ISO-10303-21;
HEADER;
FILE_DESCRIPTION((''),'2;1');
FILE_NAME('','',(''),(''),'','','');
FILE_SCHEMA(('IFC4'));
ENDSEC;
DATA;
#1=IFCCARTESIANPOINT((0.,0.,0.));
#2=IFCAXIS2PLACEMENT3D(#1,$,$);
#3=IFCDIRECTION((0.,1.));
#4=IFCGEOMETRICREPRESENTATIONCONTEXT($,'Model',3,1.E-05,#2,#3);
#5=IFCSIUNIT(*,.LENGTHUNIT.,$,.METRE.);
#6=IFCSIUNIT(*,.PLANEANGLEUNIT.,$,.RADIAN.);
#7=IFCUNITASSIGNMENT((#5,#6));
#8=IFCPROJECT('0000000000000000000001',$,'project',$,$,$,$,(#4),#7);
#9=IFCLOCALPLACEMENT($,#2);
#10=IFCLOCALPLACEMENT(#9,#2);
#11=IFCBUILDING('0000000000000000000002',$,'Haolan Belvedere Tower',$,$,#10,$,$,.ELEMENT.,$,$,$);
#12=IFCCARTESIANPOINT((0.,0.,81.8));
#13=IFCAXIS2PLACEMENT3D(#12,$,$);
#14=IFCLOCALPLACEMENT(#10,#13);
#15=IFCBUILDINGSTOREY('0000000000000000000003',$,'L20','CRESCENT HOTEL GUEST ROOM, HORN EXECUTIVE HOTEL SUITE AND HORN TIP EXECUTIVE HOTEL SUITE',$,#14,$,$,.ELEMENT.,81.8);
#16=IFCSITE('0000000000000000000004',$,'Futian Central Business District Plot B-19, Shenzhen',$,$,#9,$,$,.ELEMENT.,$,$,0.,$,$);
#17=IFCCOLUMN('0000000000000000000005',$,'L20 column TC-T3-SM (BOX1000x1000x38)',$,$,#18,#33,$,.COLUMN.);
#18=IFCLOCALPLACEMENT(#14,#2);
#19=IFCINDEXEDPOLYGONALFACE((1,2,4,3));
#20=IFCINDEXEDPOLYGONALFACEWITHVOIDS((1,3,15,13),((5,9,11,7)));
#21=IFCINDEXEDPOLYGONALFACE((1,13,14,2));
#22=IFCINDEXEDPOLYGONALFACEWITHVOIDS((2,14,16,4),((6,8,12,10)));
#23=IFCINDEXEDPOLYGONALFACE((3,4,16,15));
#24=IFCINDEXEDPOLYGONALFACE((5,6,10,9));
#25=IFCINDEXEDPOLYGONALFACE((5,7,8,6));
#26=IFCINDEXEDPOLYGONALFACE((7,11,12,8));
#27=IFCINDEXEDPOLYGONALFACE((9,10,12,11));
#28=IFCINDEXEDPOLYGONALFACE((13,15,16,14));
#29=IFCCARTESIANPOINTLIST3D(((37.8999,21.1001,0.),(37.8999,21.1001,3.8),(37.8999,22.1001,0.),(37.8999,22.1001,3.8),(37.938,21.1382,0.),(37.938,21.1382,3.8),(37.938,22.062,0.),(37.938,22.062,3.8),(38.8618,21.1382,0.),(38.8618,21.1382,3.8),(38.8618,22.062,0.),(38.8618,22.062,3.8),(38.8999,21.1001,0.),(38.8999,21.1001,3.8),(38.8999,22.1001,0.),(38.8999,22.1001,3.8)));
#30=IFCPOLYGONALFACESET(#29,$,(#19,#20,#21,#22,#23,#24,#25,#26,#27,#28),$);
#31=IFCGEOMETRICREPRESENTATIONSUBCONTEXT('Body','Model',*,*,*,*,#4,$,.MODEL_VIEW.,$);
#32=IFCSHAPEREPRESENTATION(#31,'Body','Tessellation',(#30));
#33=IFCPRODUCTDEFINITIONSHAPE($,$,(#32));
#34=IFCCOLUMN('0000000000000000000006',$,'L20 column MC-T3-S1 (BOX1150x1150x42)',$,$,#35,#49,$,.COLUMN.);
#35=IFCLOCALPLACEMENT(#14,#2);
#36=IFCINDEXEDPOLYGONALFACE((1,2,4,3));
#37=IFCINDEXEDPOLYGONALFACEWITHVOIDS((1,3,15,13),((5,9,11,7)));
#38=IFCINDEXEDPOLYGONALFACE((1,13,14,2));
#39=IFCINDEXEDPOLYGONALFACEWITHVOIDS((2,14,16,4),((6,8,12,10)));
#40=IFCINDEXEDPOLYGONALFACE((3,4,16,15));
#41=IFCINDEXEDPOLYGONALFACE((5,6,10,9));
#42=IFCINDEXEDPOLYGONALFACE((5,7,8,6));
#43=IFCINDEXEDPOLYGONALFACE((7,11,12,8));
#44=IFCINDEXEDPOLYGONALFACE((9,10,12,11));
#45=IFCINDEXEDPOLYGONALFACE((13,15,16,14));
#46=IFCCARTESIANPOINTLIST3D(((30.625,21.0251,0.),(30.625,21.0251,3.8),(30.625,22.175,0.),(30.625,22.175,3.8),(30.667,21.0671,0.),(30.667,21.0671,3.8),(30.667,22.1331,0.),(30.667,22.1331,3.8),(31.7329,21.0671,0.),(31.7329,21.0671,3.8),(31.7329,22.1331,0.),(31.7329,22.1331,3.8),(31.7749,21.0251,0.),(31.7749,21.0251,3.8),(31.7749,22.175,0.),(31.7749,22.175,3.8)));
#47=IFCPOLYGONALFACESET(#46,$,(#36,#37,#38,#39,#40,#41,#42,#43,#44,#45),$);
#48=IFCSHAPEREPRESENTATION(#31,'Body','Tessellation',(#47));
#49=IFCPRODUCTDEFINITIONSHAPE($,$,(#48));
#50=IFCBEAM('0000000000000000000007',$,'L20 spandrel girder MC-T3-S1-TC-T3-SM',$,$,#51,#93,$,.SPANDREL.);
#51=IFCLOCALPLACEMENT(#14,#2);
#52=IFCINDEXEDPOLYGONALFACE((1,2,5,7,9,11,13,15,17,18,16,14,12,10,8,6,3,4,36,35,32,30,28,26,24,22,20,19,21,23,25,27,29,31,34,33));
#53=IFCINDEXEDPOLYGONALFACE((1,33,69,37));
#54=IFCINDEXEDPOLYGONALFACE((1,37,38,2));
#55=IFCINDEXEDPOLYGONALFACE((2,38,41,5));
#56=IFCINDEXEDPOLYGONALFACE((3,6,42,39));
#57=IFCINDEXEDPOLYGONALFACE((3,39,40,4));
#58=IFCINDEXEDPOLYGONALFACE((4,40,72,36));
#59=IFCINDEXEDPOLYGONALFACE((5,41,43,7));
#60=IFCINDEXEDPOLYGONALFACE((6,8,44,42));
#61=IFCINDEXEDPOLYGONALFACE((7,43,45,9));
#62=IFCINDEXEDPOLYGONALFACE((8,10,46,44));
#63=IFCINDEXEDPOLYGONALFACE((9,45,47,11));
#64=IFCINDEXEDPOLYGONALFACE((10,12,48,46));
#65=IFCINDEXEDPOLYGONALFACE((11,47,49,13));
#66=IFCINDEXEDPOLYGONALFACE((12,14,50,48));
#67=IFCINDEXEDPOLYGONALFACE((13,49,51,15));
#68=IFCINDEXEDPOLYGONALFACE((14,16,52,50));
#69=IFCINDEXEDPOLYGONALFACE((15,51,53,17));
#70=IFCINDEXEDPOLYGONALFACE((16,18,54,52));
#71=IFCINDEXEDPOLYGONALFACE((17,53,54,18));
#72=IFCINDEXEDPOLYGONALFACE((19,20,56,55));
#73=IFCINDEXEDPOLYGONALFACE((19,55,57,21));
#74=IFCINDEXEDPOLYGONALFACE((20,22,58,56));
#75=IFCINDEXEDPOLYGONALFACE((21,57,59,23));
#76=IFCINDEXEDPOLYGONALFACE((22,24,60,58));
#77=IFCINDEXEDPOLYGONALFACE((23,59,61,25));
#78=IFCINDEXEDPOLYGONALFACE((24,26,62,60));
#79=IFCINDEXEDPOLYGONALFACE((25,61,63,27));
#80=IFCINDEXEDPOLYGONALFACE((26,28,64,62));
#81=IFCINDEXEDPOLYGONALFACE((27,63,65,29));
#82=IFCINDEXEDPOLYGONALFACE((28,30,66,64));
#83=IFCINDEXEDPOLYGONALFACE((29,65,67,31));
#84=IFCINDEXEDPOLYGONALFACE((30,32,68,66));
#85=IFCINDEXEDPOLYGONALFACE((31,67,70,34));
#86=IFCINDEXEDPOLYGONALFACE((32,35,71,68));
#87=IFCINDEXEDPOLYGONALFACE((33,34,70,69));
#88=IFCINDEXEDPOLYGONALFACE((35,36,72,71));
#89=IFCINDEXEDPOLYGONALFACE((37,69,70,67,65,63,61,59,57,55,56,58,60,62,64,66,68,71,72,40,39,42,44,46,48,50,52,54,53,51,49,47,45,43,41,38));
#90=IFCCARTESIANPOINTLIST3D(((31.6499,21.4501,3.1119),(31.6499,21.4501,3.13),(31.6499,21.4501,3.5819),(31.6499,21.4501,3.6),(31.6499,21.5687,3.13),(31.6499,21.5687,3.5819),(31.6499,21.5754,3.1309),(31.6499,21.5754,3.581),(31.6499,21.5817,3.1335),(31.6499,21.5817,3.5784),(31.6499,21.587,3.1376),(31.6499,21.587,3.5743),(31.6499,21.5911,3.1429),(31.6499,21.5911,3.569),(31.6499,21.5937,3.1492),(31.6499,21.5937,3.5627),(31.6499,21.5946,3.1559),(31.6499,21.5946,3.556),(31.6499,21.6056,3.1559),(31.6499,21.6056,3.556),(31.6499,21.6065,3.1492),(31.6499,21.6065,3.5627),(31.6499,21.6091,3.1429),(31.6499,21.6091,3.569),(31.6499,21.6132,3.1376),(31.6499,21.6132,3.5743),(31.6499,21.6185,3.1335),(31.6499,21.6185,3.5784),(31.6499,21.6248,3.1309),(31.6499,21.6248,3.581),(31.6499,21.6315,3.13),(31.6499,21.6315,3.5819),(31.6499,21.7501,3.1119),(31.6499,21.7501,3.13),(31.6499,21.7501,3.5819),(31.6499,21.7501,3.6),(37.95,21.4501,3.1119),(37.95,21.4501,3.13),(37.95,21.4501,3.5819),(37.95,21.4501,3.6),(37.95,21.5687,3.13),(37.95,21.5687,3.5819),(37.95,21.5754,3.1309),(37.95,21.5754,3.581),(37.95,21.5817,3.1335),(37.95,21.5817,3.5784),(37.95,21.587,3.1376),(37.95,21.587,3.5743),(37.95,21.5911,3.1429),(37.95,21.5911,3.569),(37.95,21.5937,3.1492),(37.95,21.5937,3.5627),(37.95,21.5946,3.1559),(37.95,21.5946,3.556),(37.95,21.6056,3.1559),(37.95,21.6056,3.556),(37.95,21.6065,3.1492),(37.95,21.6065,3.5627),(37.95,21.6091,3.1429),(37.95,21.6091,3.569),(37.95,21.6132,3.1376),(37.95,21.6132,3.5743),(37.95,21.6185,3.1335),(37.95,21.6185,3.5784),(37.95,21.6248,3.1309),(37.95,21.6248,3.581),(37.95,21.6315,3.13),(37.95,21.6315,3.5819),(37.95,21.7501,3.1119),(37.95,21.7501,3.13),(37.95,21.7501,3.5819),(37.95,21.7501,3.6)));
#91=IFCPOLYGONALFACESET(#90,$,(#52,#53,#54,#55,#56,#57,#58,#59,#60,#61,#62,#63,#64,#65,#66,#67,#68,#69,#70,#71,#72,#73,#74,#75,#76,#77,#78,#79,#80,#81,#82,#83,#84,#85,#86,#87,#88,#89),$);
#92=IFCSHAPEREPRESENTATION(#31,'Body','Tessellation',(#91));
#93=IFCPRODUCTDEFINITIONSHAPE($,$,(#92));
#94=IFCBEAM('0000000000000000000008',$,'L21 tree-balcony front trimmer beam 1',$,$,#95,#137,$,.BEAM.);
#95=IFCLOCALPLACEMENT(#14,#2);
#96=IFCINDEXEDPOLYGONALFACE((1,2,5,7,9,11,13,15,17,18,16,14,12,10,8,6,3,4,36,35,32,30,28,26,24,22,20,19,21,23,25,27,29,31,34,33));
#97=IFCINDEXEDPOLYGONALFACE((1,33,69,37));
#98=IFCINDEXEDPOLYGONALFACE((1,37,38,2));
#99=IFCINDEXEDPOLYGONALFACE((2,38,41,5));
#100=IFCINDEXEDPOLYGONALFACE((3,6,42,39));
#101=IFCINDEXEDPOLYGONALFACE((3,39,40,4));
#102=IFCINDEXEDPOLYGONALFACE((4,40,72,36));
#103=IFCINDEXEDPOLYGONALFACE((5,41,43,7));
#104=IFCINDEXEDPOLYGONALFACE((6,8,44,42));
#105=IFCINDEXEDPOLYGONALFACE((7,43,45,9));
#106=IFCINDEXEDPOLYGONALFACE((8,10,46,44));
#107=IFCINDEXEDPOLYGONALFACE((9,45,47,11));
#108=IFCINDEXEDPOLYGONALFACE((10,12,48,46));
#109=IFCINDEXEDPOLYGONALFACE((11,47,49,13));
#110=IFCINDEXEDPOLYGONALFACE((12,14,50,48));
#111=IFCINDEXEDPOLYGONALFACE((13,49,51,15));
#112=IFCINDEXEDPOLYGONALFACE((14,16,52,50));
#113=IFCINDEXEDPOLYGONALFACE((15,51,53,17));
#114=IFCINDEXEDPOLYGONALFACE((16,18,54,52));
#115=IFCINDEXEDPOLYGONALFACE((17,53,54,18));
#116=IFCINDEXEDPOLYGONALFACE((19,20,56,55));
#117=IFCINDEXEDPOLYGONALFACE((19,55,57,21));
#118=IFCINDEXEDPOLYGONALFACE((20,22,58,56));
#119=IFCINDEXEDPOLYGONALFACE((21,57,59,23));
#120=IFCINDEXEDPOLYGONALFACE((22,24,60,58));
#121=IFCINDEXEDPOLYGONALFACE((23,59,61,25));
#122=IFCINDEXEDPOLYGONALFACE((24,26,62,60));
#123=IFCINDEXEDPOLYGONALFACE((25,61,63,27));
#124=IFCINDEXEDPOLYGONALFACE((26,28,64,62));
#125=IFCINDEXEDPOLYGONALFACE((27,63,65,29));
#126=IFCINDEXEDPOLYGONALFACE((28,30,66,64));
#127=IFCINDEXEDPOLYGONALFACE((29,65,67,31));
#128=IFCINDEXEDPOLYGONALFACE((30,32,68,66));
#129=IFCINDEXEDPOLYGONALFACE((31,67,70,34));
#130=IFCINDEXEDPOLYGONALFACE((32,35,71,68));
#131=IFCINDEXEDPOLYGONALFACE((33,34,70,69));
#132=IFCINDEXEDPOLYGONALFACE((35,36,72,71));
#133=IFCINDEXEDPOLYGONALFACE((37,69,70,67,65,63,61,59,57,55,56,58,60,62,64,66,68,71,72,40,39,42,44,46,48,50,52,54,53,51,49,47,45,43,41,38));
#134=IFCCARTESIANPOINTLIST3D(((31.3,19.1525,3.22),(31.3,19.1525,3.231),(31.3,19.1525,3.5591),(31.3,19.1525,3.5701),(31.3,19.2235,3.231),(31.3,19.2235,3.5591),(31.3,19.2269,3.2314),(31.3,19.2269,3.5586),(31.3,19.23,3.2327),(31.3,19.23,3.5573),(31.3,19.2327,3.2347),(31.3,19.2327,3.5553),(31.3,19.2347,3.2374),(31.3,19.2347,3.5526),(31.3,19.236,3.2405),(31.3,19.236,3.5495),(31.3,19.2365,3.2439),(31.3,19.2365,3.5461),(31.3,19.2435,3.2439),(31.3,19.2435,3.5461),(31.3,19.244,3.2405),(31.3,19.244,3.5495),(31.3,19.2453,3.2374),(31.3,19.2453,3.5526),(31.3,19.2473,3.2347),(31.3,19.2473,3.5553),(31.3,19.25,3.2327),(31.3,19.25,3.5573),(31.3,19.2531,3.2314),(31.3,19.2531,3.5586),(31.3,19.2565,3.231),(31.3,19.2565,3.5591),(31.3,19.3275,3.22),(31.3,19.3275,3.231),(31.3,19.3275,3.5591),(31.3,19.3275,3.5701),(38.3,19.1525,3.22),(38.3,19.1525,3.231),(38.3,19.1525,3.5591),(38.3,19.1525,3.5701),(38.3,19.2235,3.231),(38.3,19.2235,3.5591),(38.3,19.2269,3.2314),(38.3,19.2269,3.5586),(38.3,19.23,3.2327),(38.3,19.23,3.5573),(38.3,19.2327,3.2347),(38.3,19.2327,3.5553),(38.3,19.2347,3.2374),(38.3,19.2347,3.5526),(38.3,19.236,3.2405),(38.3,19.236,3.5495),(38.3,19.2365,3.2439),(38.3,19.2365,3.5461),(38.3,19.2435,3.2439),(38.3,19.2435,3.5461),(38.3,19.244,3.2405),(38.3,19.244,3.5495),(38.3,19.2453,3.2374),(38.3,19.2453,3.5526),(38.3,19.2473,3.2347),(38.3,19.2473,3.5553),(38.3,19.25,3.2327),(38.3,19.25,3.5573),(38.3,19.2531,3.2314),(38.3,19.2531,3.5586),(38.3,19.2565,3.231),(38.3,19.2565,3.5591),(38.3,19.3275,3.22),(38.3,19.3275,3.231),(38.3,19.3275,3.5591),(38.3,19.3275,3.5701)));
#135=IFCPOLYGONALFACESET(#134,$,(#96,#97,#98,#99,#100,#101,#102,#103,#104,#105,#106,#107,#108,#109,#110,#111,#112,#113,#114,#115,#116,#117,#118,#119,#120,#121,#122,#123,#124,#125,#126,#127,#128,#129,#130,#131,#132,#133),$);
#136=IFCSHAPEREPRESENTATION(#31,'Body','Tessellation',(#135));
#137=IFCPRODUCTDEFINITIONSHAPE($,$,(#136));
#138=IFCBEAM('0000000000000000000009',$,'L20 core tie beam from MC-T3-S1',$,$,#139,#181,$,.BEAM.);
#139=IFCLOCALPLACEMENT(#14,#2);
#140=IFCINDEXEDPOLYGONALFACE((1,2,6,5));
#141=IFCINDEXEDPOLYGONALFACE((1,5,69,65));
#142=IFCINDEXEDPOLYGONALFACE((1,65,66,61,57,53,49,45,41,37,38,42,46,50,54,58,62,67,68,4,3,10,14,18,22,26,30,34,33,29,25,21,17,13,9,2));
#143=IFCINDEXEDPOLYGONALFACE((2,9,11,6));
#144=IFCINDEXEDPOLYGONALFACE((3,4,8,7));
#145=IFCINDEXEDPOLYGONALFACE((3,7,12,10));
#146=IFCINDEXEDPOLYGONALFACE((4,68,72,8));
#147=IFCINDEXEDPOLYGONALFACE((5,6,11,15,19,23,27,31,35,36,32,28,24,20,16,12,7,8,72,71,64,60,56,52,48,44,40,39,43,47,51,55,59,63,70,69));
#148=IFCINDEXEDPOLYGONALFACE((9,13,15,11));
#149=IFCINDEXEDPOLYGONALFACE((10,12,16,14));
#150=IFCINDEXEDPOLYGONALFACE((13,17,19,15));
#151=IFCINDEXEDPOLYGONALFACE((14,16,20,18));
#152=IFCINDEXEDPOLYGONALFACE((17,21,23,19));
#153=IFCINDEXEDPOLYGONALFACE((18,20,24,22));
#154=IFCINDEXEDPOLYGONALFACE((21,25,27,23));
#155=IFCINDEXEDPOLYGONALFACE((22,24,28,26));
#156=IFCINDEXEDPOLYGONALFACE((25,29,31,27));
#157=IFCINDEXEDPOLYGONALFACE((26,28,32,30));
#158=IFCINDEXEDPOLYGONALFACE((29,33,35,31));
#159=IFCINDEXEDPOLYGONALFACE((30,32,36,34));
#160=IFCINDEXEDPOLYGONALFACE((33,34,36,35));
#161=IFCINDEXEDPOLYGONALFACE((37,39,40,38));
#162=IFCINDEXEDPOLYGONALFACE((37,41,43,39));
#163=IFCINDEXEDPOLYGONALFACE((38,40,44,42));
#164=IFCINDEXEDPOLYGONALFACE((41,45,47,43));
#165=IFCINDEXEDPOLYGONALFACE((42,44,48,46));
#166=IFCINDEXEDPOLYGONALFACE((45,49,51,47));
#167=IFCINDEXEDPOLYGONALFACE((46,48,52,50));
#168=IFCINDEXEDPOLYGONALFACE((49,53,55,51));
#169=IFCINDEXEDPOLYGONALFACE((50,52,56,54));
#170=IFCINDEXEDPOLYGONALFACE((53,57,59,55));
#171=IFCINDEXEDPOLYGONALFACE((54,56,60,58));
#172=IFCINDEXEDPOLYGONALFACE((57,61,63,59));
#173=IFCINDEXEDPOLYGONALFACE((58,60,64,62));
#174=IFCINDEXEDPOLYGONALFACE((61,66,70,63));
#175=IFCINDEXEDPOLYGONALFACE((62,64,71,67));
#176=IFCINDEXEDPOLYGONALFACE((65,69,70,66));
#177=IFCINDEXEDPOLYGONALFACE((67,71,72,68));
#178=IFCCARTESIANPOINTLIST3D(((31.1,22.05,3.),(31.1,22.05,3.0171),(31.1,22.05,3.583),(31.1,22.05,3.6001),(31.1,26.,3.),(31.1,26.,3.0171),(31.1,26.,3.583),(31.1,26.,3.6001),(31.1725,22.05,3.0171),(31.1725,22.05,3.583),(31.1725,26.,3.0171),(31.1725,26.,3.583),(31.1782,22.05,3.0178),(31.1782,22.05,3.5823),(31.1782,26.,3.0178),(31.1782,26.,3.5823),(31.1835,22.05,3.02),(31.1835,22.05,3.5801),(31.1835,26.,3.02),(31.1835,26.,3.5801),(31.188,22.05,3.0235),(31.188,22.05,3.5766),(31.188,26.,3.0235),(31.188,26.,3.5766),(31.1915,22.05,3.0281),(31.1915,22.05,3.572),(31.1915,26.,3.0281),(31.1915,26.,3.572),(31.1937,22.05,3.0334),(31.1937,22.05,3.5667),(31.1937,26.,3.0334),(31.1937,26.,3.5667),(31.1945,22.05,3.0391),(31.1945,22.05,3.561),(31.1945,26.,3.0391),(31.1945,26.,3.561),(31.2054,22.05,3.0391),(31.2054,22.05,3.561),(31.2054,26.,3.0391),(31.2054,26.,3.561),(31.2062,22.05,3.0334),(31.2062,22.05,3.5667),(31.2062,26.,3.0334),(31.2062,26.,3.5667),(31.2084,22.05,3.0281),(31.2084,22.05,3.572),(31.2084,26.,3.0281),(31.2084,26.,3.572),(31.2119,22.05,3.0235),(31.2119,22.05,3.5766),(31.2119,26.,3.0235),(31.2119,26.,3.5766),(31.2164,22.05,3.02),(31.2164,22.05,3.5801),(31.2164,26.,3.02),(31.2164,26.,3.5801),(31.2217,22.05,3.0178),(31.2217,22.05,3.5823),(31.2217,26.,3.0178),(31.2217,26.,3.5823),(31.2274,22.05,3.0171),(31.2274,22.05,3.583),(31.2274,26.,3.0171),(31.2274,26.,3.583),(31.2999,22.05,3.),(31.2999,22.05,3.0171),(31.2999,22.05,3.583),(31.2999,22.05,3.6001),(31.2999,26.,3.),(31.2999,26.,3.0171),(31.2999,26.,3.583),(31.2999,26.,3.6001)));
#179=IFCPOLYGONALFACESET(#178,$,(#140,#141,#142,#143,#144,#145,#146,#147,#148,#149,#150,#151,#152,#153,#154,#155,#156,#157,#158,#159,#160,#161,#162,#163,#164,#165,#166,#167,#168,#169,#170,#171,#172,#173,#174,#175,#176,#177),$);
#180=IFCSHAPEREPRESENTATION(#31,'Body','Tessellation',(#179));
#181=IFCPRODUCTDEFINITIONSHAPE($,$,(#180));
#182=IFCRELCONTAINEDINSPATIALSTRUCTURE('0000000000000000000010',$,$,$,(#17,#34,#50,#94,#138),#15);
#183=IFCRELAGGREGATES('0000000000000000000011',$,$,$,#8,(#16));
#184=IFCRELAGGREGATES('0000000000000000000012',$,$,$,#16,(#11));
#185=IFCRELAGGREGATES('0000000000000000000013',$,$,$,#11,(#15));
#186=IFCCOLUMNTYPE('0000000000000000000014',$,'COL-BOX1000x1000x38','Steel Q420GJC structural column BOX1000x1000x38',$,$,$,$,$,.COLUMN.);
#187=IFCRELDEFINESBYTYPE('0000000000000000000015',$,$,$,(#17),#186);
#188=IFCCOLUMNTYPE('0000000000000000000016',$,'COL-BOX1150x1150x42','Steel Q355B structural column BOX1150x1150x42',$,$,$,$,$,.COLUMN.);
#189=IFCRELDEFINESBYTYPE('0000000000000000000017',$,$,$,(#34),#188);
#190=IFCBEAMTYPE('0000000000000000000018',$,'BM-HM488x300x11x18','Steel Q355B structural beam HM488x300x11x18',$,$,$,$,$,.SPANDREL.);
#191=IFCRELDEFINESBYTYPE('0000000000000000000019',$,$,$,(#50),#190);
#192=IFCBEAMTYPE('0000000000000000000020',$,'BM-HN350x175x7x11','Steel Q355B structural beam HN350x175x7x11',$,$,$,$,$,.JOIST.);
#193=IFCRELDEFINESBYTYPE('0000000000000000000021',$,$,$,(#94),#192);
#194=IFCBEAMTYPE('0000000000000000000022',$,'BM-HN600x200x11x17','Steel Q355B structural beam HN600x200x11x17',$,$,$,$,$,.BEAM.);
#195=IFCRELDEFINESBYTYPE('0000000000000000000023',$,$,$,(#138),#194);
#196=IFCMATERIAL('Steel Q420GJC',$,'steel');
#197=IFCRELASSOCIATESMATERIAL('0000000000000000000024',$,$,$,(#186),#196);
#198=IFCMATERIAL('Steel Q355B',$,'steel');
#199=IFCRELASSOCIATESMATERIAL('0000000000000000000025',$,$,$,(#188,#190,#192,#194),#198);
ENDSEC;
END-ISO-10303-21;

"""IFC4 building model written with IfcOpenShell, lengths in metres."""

from ifc_helpers import new_model, si_unit, direction, frame, origin, origin_2d, place, context, subcontext, project, spatial, hollow_rectangle, i_section, extrude, material, material_profile, profile_set, type_object, element, save


model = new_model("IFC4")

# Units and contexts
model_context = context("Model", 3, precision=1e-05, world=origin(), true_north=direction((0.0, 1.0)))
body_context = subcontext(model_context, "Body", "Model", "MODEL_VIEW")
ifc_project = project(units=[si_unit("LENGTHUNIT", "METRE"), si_unit("PLANEANGLEUNIT", "RADIAN")], contexts=[model_context])

# Site, building, storey
site_placement = place(None, origin())
site = spatial("IfcSite", under=ifc_project, at=site_placement, Name="Futian Central Business District Plot B-19, Shenzhen", CompositionType="ELEMENT", RefElevation=0.0)
building_placement = place(site_placement, origin())
building = spatial("IfcBuilding", under=site, at=building_placement, Name="Haolan Belvedere Tower", CompositionType="ELEMENT")
storey_placement = place(building_placement, frame((0.0, 0.0, 81.8)))
storey = spatial("IfcBuildingStorey", under=building, at=storey_placement, Name="L20", Description="CRESCENT HOTEL GUEST ROOM, HORN EXECUTIVE HOTEL SUITE AND HORN TIP EXECUTIVE HOTEL SUITE", CompositionType="ELEMENT", Elevation=81.8)

# Columns
ifc_material_1 = material(Name="Steel Q420GJC", Category="steel")
ifc_material_profile_1 = material_profile(ifc_material_1, hollow_rectangle(XDim=1.0, YDim=1.0, WallThickness=0.0381, at=origin_2d()), Name="Steel Q420GJC")
ifc_profile_set_1 = profile_set([ifc_material_profile_1], Name="Steel Q420GJC")
column_type_1 = type_object("IfcColumnType", Name="COL-BOX1000x1000x38", Description="Steel Q420GJC structural column BOX1000x1000x38", PredefinedType="COLUMN", material=ifc_profile_set_1)
column_1_placement = place(storey_placement, frame((38.3999, 21.6001, 0.0), z_axis=(0.0, 0.0, 1.0), x_axis=(1.0, 0.0, 0.0)))
element("IfcColumn", 1, at=column_1_placement, inside=storey, type_object=column_type_1, Name="L20 column TC-T3-SM (BOX1000x1000x38)", PredefinedType="COLUMN", context=body_context, shape_type="SweptSolid", body=[
    extrude(hollow_rectangle(XDim=1.0, YDim=1.0, WallThickness=0.0381, at=origin_2d()), origin(), (0.0, 0.0, 1.0), 3.8),
])
ifc_material_2 = material(Name="Steel Q355B", Category="steel")
ifc_material_profile_2 = material_profile(ifc_material_2, hollow_rectangle(XDim=1.1499, YDim=1.1499, WallThickness=0.042, at=origin_2d()), Name="Steel Q355B")
ifc_profile_set_2 = profile_set([ifc_material_profile_2], Name="Steel Q355B")
column_type_2 = type_object("IfcColumnType", Name="COL-BOX1150x1150x42", Description="Steel Q355B structural column BOX1150x1150x42", PredefinedType="COLUMN", material=ifc_profile_set_2)
column_2_placement = place(storey_placement, frame((31.2, 21.6001, 0.0), z_axis=(0.0, 0.0, 1.0), x_axis=(1.0, 0.0, 0.0)))
element("IfcColumn", 2, at=column_2_placement, inside=storey, type_object=column_type_2, Name="L20 column MC-T3-S1 (BOX1150x1150x42)", PredefinedType="COLUMN", context=body_context, shape_type="SweptSolid", body=[
    extrude(hollow_rectangle(XDim=1.1499, YDim=1.1499, WallThickness=0.042, at=origin_2d()), origin(), (0.0, 0.0, 1.0), 3.8),
])

# Beams
ifc_material_profile_3 = material_profile(ifc_material_2, i_section(OverallWidth=0.3, OverallDepth=0.488, WebThickness=0.011, FlangeThickness=0.0181, FilletRadius=0.0259, at=origin_2d()), Name="Steel Q355B")
ifc_profile_set_3 = profile_set([ifc_material_profile_3], Name="Steel Q355B")
beam_type_1 = type_object("IfcBeamType", Name="BM-HM488x300x11x18", Description="Steel Q355B structural beam HM488x300x11x18", PredefinedType="SPANDREL", material=ifc_profile_set_3)
beam_1_placement = place(storey_placement, frame((31.6499, 21.6001, 3.356), z_axis=(1.0, 0.0, 0.0), x_axis=(0.0, 1.0, 0.0)))
element("IfcBeam", 3, at=beam_1_placement, inside=storey, type_object=beam_type_1, Name="L20 spandrel girder MC-T3-S1-TC-T3-SM", PredefinedType="SPANDREL", context=body_context, shape_type="SweptSolid", body=[
    extrude(i_section(OverallWidth=0.3, OverallDepth=0.488, WebThickness=0.011, FlangeThickness=0.0181, FilletRadius=0.0259, at=origin_2d()), origin(), (0.0, 0.0, 1.0), 6.3),
])
ifc_material_profile_4 = material_profile(ifc_material_2, i_section(OverallWidth=0.175, OverallDepth=0.3501, WebThickness=0.0071, FlangeThickness=0.011, FilletRadius=0.0129, at=origin_2d()), Name="Steel Q355B")
ifc_profile_set_4 = profile_set([ifc_material_profile_4], Name="Steel Q355B")
beam_type_2 = type_object("IfcBeamType", Name="BM-HN350x175x7x11", Description="Steel Q355B structural beam HN350x175x7x11", PredefinedType="JOIST", material=ifc_profile_set_4)
beam_2_placement = place(storey_placement, frame((31.3, 19.24, 3.395), z_axis=(1.0, 0.0, 0.0), x_axis=(0.0, 1.0, 0.0)))
element("IfcBeam", 4, at=beam_2_placement, inside=storey, type_object=beam_type_2, Name="L21 tree-balcony front trimmer beam 1", PredefinedType="BEAM", context=body_context, shape_type="SweptSolid", body=[
    extrude(i_section(OverallWidth=0.175, OverallDepth=0.3501, WebThickness=0.0071, FlangeThickness=0.011, FilletRadius=0.0129, at=origin_2d()), origin(), (0.0, 0.0, 1.0), 7.0),
])
ifc_material_profile_5 = material_profile(ifc_material_2, i_section(OverallWidth=0.2, OverallDepth=0.6001, WebThickness=0.011, FlangeThickness=0.0171, FilletRadius=0.022, at=origin_2d()), Name="Steel Q355B")
ifc_profile_set_5 = profile_set([ifc_material_profile_5], Name="Steel Q355B")
beam_type_3 = type_object("IfcBeamType", Name="BM-HN600x200x11x17", Description="Steel Q355B structural beam HN600x200x11x17", PredefinedType="BEAM", material=ifc_profile_set_5)
beam_3_placement = place(storey_placement, frame((31.2, 22.05, 3.3), z_axis=(0.0, 1.0, 0.0), x_axis=(-1.0, 0.0, 0.0)))
element("IfcBeam", 5, at=beam_3_placement, inside=storey, type_object=beam_type_3, Name="L20 core tie beam from MC-T3-S1", PredefinedType="BEAM", context=body_context, shape_type="SweptSolid", body=[
    extrude(i_section(OverallWidth=0.2, OverallDepth=0.6001, WebThickness=0.011, FlangeThickness=0.0171, FilletRadius=0.022, at=origin_2d()), origin(), (0.0, 0.0, 1.0), 3.95),
])

save(model, "model.ifc")
